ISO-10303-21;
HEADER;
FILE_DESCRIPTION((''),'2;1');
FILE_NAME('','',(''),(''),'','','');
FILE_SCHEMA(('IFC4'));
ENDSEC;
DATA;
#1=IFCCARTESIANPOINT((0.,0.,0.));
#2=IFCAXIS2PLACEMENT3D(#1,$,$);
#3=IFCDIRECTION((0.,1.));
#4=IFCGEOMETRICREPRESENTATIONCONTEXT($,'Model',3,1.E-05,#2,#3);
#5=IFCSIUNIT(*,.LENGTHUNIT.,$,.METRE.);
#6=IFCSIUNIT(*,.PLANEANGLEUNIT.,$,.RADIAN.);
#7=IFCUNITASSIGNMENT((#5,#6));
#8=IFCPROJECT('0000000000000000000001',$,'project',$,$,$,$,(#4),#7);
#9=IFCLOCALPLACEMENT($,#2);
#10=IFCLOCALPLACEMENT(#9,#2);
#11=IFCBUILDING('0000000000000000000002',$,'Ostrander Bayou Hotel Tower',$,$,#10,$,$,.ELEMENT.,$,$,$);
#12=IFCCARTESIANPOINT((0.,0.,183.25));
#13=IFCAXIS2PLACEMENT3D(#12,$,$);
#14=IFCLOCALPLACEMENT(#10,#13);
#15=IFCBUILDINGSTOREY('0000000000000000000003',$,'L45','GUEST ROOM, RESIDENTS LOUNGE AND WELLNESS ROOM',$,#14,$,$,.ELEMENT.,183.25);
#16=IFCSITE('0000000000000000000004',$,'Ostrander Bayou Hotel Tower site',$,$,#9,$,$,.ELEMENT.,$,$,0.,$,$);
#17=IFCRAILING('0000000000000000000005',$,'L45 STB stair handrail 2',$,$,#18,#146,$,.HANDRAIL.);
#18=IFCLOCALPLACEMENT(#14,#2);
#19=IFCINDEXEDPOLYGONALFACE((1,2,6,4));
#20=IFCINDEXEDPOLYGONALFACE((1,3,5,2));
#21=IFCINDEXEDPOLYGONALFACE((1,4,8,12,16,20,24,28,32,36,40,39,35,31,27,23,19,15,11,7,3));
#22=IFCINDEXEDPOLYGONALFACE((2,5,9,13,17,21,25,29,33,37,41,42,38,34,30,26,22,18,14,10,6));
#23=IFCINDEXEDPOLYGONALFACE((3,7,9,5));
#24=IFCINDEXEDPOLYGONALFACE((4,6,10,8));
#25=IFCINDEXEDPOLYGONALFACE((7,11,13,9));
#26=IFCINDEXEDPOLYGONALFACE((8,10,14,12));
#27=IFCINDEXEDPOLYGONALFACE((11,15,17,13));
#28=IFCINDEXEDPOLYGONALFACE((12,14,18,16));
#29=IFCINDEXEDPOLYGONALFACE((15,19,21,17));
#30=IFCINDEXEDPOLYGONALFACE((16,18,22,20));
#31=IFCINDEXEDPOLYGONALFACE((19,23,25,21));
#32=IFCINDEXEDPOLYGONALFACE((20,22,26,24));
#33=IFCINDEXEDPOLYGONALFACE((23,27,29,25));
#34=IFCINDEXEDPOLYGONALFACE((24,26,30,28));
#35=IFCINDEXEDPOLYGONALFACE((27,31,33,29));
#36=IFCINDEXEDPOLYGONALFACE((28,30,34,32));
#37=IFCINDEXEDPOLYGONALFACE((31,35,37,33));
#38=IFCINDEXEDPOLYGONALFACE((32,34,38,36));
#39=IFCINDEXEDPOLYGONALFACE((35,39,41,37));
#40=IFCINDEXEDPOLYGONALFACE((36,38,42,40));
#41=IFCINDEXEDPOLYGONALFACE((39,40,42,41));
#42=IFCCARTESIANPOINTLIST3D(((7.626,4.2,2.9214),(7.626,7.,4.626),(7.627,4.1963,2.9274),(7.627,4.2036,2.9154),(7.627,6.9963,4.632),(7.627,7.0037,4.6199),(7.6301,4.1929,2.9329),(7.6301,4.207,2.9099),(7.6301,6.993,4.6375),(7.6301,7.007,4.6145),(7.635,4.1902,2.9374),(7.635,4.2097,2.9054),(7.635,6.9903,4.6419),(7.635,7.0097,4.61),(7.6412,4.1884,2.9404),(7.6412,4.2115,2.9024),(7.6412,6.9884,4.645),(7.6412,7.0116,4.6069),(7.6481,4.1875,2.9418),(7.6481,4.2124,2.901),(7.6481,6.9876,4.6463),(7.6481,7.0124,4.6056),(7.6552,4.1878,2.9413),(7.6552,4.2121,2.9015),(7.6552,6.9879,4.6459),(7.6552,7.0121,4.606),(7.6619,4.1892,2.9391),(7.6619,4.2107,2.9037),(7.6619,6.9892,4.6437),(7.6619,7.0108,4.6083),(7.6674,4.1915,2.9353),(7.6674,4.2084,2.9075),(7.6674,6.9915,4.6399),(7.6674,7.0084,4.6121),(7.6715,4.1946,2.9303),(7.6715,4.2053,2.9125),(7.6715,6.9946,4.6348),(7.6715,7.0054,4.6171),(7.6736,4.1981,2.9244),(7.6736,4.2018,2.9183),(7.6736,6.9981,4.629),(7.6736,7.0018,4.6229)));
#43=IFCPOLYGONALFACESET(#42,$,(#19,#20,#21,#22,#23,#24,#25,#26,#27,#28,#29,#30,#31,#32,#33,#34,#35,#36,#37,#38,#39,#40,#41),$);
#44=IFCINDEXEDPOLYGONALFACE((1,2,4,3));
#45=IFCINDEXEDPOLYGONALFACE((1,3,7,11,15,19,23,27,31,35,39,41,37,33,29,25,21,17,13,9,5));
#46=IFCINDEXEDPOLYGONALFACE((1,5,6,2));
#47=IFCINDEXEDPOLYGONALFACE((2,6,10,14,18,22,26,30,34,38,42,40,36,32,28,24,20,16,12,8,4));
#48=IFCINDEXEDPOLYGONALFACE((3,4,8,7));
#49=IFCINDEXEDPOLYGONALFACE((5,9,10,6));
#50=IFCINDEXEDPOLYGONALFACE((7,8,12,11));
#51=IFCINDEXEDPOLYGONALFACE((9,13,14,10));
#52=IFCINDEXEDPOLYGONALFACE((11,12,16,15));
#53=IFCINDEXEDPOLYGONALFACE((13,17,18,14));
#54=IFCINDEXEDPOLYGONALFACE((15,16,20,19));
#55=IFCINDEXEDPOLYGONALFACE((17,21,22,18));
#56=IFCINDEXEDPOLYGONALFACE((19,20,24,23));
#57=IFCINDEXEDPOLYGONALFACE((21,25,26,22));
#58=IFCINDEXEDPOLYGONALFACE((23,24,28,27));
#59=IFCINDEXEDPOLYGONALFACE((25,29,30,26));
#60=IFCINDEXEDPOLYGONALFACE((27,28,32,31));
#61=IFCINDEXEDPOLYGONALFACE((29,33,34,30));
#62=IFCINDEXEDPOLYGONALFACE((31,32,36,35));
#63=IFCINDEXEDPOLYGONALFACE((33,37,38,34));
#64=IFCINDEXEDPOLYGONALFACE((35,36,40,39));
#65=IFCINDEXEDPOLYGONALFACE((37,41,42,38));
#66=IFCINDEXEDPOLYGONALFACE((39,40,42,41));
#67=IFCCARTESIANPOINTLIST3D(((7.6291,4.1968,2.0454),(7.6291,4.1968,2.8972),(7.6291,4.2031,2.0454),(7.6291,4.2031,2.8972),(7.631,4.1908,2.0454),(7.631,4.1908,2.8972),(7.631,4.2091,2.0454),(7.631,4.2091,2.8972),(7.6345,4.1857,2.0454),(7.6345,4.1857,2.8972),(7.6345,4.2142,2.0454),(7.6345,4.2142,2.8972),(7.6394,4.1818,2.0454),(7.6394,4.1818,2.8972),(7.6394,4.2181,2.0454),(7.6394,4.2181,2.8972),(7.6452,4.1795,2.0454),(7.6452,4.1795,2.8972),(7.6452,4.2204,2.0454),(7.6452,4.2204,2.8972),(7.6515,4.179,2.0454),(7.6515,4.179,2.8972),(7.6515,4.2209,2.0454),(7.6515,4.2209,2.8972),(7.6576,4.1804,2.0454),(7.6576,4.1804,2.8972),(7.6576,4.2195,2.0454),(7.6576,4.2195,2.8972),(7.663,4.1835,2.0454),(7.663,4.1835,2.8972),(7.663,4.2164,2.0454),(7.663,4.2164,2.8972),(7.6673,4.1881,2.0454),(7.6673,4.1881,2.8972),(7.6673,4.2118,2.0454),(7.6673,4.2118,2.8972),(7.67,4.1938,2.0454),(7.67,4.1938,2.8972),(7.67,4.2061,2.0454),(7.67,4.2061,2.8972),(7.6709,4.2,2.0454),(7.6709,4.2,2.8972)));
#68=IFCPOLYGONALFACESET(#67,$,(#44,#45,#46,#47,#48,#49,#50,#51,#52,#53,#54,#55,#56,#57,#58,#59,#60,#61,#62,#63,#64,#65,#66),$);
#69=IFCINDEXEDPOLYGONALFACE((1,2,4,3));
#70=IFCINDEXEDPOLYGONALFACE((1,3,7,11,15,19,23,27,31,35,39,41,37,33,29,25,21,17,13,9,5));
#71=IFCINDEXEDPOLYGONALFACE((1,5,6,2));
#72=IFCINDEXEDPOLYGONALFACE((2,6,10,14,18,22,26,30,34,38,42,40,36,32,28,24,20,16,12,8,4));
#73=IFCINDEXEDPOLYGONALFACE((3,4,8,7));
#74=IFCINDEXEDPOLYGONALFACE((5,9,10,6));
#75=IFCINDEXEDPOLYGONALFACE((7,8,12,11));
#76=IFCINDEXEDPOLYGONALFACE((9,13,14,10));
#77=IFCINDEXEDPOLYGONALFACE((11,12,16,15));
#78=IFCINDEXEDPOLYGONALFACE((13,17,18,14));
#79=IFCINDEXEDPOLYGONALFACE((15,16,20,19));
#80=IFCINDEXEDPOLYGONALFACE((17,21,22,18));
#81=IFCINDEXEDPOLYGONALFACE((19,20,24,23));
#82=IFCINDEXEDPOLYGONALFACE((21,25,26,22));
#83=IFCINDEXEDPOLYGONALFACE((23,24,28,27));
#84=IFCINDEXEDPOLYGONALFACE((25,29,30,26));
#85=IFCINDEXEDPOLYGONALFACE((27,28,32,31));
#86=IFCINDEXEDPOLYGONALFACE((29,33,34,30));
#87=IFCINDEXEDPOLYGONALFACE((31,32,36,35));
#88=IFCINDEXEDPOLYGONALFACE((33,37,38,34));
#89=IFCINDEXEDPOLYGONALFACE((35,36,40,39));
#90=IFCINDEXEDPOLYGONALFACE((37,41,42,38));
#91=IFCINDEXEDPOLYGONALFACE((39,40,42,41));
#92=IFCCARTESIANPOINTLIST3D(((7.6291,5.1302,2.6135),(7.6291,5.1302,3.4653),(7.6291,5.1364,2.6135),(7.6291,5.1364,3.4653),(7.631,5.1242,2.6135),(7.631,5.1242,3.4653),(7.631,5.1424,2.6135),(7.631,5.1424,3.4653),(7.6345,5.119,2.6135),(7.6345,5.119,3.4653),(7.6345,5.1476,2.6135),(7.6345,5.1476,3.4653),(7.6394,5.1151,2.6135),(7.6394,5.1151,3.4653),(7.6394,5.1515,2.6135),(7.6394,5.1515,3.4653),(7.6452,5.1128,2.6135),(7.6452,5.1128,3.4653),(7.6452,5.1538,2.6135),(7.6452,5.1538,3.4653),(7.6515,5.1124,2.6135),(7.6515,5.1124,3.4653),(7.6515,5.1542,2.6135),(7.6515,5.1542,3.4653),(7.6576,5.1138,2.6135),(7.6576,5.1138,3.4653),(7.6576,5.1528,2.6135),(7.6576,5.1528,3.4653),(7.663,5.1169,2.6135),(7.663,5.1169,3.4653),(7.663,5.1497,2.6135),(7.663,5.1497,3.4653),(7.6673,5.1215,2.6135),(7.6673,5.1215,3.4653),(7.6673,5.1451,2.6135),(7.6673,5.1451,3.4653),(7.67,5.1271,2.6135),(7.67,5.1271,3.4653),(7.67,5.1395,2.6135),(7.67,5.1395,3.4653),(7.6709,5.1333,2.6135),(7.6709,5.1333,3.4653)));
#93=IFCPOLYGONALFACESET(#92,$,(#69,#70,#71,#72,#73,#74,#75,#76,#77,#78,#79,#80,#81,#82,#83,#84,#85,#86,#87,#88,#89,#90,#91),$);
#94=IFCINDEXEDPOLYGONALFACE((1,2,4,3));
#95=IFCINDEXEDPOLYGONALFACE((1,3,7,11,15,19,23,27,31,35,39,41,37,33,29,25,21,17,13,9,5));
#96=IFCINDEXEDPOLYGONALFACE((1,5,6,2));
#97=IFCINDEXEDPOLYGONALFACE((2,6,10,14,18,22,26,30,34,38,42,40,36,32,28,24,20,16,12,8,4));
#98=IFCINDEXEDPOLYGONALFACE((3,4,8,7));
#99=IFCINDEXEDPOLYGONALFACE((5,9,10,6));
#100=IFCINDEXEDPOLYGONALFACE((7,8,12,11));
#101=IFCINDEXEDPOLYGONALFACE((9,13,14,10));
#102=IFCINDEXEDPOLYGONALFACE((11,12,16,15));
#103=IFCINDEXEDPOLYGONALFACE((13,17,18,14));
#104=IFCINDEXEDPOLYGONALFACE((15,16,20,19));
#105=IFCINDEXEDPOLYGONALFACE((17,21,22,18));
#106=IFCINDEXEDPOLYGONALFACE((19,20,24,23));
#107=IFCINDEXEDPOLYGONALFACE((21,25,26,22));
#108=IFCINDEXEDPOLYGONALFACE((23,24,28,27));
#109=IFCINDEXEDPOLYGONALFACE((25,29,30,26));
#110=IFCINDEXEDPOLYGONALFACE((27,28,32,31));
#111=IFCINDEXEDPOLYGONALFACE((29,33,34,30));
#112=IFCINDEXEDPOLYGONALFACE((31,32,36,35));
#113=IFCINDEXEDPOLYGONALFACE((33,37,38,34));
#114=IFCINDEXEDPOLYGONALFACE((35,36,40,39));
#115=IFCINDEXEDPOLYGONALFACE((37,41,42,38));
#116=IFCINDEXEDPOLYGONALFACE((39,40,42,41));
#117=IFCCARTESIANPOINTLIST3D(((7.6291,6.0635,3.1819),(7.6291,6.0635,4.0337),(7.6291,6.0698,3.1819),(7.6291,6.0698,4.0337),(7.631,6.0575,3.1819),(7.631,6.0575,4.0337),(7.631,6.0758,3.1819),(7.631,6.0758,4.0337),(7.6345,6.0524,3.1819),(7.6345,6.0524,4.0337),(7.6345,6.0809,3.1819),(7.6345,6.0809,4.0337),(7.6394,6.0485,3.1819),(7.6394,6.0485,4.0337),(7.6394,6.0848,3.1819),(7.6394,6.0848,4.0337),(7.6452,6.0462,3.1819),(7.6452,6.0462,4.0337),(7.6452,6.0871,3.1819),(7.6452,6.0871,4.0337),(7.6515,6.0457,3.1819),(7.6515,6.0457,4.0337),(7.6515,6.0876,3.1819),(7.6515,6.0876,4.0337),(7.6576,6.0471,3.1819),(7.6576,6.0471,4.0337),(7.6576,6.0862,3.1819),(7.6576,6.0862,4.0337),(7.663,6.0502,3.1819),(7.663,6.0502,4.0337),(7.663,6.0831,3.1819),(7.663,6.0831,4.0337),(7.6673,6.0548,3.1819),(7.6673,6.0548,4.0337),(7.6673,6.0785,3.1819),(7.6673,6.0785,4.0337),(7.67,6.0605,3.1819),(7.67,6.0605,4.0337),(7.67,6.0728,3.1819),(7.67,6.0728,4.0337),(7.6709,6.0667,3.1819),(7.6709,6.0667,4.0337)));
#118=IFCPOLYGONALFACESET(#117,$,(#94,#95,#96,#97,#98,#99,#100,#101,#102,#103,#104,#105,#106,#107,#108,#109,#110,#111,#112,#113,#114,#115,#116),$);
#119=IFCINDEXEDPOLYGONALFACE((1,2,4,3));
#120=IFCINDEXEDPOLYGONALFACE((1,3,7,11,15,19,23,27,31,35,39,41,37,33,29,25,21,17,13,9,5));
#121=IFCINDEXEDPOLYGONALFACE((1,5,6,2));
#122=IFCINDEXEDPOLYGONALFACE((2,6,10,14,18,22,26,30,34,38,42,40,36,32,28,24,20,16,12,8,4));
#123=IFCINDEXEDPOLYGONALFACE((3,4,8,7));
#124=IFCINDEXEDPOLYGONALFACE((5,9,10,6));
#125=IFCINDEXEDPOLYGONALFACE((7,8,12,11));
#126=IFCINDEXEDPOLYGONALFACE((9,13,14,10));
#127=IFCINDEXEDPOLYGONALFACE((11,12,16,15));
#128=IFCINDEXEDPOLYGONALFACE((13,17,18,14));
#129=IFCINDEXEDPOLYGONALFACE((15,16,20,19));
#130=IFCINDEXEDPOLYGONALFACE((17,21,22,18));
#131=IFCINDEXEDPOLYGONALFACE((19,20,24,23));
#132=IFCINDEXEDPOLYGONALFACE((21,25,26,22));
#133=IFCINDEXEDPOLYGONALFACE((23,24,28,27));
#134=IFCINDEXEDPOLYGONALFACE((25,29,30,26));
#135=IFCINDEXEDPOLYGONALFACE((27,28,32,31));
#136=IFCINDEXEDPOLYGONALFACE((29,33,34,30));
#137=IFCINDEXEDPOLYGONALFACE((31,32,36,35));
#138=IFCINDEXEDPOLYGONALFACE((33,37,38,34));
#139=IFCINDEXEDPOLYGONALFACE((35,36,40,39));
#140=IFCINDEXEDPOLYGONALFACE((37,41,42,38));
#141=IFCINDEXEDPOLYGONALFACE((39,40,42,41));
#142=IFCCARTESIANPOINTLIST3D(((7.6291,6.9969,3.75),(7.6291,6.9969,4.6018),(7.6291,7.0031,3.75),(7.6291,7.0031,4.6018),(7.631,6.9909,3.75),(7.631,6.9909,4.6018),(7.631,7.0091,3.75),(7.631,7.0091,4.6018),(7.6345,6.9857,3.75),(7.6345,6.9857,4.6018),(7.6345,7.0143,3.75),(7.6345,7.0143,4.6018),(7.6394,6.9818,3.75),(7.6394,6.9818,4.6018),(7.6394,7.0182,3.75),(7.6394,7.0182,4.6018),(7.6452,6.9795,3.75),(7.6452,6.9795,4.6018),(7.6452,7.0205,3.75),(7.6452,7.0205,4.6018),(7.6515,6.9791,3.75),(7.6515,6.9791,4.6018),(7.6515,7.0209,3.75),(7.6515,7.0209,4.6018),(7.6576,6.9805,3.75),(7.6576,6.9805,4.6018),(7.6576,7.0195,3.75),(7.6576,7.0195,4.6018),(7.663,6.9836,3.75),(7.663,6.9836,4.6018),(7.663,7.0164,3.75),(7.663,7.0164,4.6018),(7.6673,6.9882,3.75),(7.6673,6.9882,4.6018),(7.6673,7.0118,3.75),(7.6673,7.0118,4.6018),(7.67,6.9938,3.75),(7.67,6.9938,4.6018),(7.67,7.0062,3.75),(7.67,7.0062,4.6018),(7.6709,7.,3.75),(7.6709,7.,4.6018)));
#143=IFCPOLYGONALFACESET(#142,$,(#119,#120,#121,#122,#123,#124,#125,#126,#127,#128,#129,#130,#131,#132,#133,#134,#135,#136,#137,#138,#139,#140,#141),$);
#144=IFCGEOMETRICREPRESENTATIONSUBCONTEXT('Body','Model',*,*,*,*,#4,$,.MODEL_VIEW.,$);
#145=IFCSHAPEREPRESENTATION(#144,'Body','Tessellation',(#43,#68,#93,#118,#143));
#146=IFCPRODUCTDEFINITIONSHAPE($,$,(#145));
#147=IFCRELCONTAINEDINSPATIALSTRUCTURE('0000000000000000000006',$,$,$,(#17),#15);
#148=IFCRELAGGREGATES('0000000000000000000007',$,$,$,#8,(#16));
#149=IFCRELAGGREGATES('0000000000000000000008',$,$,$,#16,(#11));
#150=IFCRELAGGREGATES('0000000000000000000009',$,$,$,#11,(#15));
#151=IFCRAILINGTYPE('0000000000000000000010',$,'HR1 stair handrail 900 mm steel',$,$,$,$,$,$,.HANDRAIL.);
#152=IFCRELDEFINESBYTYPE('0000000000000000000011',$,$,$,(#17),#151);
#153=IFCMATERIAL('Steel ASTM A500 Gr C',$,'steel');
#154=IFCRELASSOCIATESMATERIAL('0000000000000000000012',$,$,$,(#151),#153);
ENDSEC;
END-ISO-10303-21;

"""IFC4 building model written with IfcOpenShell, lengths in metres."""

from ifc_helpers import new_model, si_unit, direction, frame, origin, origin_2d, place, context, subcontext, project, spatial, circle, extrude, material, type_object, element, save


model = new_model("IFC4")

# Units and contexts
model_context = context("Model", 3, precision=1e-05, world=origin(), true_north=direction((0.0, 1.0)))
body_context = subcontext(model_context, "Body", "Model", "MODEL_VIEW")
ifc_project = project(units=[si_unit("LENGTHUNIT", "METRE"), si_unit("PLANEANGLEUNIT", "RADIAN")], contexts=[model_context])

# Site, building, storey
site_placement = place(None, origin())
site = spatial("IfcSite", under=ifc_project, at=site_placement, Name="Ostrander Bayou Hotel Tower site", CompositionType="ELEMENT", RefElevation=0.0)
building_placement = place(site_placement, origin())
building = spatial("IfcBuilding", under=site, at=building_placement, Name="Ostrander Bayou Hotel Tower", CompositionType="ELEMENT")
storey_placement = place(building_placement, frame((0.0, 0.0, 183.25)))
storey = spatial("IfcBuildingStorey", under=building, at=storey_placement, Name="L45", Description="GUEST ROOM, RESIDENTS LOUNGE AND WELLNESS ROOM", CompositionType="ELEMENT", Elevation=183.25)

# Railing
ifc_material_1 = material(Name="Steel ASTM A500 Gr C", Category="steel")
railing_type_1 = type_object("IfcRailingType", Name="HR1 stair handrail 900 mm steel", PredefinedType="HANDRAIL", material=ifc_material_1)
railing_1_placement = place(storey_placement, frame((7.6499, 4.2, 2.0454)))
element("IfcRailing", 1, at=railing_1_placement, inside=storey, type_object=railing_type_1, Name="L45 STB stair handrail 2", PredefinedType="HANDRAIL", context=body_context, shape_type="SweptSolid", body=[
    extrude(circle(Radius=0.0239, at=origin_2d()), frame((0.0, 0.0, 0.876), z_axis=(0.0, 0.85417, 0.519994), x_axis=(-1.0, 0.0, 0.0)), (0.0, 0.0, 1.0), 3.2781),
    extrude(circle(Radius=0.021, at=origin_2d()), origin(), (0.0, 0.0, 1.0), 0.8518),
    extrude(circle(Radius=0.021, at=origin_2d()), frame((0.0, 0.9333, 0.5681)), (0.0, 0.0, 1.0), 0.8518),
    extrude(circle(Radius=0.021, at=origin_2d()), frame((0.0, 1.8667, 1.1365)), (0.0, 0.0, 1.0), 0.8518),
    extrude(circle(Radius=0.021, at=origin_2d()), frame((0.0, 2.8, 1.7046)), (0.0, 0.0, 1.0), 0.8518),
])

save(model, "model.ifc")
